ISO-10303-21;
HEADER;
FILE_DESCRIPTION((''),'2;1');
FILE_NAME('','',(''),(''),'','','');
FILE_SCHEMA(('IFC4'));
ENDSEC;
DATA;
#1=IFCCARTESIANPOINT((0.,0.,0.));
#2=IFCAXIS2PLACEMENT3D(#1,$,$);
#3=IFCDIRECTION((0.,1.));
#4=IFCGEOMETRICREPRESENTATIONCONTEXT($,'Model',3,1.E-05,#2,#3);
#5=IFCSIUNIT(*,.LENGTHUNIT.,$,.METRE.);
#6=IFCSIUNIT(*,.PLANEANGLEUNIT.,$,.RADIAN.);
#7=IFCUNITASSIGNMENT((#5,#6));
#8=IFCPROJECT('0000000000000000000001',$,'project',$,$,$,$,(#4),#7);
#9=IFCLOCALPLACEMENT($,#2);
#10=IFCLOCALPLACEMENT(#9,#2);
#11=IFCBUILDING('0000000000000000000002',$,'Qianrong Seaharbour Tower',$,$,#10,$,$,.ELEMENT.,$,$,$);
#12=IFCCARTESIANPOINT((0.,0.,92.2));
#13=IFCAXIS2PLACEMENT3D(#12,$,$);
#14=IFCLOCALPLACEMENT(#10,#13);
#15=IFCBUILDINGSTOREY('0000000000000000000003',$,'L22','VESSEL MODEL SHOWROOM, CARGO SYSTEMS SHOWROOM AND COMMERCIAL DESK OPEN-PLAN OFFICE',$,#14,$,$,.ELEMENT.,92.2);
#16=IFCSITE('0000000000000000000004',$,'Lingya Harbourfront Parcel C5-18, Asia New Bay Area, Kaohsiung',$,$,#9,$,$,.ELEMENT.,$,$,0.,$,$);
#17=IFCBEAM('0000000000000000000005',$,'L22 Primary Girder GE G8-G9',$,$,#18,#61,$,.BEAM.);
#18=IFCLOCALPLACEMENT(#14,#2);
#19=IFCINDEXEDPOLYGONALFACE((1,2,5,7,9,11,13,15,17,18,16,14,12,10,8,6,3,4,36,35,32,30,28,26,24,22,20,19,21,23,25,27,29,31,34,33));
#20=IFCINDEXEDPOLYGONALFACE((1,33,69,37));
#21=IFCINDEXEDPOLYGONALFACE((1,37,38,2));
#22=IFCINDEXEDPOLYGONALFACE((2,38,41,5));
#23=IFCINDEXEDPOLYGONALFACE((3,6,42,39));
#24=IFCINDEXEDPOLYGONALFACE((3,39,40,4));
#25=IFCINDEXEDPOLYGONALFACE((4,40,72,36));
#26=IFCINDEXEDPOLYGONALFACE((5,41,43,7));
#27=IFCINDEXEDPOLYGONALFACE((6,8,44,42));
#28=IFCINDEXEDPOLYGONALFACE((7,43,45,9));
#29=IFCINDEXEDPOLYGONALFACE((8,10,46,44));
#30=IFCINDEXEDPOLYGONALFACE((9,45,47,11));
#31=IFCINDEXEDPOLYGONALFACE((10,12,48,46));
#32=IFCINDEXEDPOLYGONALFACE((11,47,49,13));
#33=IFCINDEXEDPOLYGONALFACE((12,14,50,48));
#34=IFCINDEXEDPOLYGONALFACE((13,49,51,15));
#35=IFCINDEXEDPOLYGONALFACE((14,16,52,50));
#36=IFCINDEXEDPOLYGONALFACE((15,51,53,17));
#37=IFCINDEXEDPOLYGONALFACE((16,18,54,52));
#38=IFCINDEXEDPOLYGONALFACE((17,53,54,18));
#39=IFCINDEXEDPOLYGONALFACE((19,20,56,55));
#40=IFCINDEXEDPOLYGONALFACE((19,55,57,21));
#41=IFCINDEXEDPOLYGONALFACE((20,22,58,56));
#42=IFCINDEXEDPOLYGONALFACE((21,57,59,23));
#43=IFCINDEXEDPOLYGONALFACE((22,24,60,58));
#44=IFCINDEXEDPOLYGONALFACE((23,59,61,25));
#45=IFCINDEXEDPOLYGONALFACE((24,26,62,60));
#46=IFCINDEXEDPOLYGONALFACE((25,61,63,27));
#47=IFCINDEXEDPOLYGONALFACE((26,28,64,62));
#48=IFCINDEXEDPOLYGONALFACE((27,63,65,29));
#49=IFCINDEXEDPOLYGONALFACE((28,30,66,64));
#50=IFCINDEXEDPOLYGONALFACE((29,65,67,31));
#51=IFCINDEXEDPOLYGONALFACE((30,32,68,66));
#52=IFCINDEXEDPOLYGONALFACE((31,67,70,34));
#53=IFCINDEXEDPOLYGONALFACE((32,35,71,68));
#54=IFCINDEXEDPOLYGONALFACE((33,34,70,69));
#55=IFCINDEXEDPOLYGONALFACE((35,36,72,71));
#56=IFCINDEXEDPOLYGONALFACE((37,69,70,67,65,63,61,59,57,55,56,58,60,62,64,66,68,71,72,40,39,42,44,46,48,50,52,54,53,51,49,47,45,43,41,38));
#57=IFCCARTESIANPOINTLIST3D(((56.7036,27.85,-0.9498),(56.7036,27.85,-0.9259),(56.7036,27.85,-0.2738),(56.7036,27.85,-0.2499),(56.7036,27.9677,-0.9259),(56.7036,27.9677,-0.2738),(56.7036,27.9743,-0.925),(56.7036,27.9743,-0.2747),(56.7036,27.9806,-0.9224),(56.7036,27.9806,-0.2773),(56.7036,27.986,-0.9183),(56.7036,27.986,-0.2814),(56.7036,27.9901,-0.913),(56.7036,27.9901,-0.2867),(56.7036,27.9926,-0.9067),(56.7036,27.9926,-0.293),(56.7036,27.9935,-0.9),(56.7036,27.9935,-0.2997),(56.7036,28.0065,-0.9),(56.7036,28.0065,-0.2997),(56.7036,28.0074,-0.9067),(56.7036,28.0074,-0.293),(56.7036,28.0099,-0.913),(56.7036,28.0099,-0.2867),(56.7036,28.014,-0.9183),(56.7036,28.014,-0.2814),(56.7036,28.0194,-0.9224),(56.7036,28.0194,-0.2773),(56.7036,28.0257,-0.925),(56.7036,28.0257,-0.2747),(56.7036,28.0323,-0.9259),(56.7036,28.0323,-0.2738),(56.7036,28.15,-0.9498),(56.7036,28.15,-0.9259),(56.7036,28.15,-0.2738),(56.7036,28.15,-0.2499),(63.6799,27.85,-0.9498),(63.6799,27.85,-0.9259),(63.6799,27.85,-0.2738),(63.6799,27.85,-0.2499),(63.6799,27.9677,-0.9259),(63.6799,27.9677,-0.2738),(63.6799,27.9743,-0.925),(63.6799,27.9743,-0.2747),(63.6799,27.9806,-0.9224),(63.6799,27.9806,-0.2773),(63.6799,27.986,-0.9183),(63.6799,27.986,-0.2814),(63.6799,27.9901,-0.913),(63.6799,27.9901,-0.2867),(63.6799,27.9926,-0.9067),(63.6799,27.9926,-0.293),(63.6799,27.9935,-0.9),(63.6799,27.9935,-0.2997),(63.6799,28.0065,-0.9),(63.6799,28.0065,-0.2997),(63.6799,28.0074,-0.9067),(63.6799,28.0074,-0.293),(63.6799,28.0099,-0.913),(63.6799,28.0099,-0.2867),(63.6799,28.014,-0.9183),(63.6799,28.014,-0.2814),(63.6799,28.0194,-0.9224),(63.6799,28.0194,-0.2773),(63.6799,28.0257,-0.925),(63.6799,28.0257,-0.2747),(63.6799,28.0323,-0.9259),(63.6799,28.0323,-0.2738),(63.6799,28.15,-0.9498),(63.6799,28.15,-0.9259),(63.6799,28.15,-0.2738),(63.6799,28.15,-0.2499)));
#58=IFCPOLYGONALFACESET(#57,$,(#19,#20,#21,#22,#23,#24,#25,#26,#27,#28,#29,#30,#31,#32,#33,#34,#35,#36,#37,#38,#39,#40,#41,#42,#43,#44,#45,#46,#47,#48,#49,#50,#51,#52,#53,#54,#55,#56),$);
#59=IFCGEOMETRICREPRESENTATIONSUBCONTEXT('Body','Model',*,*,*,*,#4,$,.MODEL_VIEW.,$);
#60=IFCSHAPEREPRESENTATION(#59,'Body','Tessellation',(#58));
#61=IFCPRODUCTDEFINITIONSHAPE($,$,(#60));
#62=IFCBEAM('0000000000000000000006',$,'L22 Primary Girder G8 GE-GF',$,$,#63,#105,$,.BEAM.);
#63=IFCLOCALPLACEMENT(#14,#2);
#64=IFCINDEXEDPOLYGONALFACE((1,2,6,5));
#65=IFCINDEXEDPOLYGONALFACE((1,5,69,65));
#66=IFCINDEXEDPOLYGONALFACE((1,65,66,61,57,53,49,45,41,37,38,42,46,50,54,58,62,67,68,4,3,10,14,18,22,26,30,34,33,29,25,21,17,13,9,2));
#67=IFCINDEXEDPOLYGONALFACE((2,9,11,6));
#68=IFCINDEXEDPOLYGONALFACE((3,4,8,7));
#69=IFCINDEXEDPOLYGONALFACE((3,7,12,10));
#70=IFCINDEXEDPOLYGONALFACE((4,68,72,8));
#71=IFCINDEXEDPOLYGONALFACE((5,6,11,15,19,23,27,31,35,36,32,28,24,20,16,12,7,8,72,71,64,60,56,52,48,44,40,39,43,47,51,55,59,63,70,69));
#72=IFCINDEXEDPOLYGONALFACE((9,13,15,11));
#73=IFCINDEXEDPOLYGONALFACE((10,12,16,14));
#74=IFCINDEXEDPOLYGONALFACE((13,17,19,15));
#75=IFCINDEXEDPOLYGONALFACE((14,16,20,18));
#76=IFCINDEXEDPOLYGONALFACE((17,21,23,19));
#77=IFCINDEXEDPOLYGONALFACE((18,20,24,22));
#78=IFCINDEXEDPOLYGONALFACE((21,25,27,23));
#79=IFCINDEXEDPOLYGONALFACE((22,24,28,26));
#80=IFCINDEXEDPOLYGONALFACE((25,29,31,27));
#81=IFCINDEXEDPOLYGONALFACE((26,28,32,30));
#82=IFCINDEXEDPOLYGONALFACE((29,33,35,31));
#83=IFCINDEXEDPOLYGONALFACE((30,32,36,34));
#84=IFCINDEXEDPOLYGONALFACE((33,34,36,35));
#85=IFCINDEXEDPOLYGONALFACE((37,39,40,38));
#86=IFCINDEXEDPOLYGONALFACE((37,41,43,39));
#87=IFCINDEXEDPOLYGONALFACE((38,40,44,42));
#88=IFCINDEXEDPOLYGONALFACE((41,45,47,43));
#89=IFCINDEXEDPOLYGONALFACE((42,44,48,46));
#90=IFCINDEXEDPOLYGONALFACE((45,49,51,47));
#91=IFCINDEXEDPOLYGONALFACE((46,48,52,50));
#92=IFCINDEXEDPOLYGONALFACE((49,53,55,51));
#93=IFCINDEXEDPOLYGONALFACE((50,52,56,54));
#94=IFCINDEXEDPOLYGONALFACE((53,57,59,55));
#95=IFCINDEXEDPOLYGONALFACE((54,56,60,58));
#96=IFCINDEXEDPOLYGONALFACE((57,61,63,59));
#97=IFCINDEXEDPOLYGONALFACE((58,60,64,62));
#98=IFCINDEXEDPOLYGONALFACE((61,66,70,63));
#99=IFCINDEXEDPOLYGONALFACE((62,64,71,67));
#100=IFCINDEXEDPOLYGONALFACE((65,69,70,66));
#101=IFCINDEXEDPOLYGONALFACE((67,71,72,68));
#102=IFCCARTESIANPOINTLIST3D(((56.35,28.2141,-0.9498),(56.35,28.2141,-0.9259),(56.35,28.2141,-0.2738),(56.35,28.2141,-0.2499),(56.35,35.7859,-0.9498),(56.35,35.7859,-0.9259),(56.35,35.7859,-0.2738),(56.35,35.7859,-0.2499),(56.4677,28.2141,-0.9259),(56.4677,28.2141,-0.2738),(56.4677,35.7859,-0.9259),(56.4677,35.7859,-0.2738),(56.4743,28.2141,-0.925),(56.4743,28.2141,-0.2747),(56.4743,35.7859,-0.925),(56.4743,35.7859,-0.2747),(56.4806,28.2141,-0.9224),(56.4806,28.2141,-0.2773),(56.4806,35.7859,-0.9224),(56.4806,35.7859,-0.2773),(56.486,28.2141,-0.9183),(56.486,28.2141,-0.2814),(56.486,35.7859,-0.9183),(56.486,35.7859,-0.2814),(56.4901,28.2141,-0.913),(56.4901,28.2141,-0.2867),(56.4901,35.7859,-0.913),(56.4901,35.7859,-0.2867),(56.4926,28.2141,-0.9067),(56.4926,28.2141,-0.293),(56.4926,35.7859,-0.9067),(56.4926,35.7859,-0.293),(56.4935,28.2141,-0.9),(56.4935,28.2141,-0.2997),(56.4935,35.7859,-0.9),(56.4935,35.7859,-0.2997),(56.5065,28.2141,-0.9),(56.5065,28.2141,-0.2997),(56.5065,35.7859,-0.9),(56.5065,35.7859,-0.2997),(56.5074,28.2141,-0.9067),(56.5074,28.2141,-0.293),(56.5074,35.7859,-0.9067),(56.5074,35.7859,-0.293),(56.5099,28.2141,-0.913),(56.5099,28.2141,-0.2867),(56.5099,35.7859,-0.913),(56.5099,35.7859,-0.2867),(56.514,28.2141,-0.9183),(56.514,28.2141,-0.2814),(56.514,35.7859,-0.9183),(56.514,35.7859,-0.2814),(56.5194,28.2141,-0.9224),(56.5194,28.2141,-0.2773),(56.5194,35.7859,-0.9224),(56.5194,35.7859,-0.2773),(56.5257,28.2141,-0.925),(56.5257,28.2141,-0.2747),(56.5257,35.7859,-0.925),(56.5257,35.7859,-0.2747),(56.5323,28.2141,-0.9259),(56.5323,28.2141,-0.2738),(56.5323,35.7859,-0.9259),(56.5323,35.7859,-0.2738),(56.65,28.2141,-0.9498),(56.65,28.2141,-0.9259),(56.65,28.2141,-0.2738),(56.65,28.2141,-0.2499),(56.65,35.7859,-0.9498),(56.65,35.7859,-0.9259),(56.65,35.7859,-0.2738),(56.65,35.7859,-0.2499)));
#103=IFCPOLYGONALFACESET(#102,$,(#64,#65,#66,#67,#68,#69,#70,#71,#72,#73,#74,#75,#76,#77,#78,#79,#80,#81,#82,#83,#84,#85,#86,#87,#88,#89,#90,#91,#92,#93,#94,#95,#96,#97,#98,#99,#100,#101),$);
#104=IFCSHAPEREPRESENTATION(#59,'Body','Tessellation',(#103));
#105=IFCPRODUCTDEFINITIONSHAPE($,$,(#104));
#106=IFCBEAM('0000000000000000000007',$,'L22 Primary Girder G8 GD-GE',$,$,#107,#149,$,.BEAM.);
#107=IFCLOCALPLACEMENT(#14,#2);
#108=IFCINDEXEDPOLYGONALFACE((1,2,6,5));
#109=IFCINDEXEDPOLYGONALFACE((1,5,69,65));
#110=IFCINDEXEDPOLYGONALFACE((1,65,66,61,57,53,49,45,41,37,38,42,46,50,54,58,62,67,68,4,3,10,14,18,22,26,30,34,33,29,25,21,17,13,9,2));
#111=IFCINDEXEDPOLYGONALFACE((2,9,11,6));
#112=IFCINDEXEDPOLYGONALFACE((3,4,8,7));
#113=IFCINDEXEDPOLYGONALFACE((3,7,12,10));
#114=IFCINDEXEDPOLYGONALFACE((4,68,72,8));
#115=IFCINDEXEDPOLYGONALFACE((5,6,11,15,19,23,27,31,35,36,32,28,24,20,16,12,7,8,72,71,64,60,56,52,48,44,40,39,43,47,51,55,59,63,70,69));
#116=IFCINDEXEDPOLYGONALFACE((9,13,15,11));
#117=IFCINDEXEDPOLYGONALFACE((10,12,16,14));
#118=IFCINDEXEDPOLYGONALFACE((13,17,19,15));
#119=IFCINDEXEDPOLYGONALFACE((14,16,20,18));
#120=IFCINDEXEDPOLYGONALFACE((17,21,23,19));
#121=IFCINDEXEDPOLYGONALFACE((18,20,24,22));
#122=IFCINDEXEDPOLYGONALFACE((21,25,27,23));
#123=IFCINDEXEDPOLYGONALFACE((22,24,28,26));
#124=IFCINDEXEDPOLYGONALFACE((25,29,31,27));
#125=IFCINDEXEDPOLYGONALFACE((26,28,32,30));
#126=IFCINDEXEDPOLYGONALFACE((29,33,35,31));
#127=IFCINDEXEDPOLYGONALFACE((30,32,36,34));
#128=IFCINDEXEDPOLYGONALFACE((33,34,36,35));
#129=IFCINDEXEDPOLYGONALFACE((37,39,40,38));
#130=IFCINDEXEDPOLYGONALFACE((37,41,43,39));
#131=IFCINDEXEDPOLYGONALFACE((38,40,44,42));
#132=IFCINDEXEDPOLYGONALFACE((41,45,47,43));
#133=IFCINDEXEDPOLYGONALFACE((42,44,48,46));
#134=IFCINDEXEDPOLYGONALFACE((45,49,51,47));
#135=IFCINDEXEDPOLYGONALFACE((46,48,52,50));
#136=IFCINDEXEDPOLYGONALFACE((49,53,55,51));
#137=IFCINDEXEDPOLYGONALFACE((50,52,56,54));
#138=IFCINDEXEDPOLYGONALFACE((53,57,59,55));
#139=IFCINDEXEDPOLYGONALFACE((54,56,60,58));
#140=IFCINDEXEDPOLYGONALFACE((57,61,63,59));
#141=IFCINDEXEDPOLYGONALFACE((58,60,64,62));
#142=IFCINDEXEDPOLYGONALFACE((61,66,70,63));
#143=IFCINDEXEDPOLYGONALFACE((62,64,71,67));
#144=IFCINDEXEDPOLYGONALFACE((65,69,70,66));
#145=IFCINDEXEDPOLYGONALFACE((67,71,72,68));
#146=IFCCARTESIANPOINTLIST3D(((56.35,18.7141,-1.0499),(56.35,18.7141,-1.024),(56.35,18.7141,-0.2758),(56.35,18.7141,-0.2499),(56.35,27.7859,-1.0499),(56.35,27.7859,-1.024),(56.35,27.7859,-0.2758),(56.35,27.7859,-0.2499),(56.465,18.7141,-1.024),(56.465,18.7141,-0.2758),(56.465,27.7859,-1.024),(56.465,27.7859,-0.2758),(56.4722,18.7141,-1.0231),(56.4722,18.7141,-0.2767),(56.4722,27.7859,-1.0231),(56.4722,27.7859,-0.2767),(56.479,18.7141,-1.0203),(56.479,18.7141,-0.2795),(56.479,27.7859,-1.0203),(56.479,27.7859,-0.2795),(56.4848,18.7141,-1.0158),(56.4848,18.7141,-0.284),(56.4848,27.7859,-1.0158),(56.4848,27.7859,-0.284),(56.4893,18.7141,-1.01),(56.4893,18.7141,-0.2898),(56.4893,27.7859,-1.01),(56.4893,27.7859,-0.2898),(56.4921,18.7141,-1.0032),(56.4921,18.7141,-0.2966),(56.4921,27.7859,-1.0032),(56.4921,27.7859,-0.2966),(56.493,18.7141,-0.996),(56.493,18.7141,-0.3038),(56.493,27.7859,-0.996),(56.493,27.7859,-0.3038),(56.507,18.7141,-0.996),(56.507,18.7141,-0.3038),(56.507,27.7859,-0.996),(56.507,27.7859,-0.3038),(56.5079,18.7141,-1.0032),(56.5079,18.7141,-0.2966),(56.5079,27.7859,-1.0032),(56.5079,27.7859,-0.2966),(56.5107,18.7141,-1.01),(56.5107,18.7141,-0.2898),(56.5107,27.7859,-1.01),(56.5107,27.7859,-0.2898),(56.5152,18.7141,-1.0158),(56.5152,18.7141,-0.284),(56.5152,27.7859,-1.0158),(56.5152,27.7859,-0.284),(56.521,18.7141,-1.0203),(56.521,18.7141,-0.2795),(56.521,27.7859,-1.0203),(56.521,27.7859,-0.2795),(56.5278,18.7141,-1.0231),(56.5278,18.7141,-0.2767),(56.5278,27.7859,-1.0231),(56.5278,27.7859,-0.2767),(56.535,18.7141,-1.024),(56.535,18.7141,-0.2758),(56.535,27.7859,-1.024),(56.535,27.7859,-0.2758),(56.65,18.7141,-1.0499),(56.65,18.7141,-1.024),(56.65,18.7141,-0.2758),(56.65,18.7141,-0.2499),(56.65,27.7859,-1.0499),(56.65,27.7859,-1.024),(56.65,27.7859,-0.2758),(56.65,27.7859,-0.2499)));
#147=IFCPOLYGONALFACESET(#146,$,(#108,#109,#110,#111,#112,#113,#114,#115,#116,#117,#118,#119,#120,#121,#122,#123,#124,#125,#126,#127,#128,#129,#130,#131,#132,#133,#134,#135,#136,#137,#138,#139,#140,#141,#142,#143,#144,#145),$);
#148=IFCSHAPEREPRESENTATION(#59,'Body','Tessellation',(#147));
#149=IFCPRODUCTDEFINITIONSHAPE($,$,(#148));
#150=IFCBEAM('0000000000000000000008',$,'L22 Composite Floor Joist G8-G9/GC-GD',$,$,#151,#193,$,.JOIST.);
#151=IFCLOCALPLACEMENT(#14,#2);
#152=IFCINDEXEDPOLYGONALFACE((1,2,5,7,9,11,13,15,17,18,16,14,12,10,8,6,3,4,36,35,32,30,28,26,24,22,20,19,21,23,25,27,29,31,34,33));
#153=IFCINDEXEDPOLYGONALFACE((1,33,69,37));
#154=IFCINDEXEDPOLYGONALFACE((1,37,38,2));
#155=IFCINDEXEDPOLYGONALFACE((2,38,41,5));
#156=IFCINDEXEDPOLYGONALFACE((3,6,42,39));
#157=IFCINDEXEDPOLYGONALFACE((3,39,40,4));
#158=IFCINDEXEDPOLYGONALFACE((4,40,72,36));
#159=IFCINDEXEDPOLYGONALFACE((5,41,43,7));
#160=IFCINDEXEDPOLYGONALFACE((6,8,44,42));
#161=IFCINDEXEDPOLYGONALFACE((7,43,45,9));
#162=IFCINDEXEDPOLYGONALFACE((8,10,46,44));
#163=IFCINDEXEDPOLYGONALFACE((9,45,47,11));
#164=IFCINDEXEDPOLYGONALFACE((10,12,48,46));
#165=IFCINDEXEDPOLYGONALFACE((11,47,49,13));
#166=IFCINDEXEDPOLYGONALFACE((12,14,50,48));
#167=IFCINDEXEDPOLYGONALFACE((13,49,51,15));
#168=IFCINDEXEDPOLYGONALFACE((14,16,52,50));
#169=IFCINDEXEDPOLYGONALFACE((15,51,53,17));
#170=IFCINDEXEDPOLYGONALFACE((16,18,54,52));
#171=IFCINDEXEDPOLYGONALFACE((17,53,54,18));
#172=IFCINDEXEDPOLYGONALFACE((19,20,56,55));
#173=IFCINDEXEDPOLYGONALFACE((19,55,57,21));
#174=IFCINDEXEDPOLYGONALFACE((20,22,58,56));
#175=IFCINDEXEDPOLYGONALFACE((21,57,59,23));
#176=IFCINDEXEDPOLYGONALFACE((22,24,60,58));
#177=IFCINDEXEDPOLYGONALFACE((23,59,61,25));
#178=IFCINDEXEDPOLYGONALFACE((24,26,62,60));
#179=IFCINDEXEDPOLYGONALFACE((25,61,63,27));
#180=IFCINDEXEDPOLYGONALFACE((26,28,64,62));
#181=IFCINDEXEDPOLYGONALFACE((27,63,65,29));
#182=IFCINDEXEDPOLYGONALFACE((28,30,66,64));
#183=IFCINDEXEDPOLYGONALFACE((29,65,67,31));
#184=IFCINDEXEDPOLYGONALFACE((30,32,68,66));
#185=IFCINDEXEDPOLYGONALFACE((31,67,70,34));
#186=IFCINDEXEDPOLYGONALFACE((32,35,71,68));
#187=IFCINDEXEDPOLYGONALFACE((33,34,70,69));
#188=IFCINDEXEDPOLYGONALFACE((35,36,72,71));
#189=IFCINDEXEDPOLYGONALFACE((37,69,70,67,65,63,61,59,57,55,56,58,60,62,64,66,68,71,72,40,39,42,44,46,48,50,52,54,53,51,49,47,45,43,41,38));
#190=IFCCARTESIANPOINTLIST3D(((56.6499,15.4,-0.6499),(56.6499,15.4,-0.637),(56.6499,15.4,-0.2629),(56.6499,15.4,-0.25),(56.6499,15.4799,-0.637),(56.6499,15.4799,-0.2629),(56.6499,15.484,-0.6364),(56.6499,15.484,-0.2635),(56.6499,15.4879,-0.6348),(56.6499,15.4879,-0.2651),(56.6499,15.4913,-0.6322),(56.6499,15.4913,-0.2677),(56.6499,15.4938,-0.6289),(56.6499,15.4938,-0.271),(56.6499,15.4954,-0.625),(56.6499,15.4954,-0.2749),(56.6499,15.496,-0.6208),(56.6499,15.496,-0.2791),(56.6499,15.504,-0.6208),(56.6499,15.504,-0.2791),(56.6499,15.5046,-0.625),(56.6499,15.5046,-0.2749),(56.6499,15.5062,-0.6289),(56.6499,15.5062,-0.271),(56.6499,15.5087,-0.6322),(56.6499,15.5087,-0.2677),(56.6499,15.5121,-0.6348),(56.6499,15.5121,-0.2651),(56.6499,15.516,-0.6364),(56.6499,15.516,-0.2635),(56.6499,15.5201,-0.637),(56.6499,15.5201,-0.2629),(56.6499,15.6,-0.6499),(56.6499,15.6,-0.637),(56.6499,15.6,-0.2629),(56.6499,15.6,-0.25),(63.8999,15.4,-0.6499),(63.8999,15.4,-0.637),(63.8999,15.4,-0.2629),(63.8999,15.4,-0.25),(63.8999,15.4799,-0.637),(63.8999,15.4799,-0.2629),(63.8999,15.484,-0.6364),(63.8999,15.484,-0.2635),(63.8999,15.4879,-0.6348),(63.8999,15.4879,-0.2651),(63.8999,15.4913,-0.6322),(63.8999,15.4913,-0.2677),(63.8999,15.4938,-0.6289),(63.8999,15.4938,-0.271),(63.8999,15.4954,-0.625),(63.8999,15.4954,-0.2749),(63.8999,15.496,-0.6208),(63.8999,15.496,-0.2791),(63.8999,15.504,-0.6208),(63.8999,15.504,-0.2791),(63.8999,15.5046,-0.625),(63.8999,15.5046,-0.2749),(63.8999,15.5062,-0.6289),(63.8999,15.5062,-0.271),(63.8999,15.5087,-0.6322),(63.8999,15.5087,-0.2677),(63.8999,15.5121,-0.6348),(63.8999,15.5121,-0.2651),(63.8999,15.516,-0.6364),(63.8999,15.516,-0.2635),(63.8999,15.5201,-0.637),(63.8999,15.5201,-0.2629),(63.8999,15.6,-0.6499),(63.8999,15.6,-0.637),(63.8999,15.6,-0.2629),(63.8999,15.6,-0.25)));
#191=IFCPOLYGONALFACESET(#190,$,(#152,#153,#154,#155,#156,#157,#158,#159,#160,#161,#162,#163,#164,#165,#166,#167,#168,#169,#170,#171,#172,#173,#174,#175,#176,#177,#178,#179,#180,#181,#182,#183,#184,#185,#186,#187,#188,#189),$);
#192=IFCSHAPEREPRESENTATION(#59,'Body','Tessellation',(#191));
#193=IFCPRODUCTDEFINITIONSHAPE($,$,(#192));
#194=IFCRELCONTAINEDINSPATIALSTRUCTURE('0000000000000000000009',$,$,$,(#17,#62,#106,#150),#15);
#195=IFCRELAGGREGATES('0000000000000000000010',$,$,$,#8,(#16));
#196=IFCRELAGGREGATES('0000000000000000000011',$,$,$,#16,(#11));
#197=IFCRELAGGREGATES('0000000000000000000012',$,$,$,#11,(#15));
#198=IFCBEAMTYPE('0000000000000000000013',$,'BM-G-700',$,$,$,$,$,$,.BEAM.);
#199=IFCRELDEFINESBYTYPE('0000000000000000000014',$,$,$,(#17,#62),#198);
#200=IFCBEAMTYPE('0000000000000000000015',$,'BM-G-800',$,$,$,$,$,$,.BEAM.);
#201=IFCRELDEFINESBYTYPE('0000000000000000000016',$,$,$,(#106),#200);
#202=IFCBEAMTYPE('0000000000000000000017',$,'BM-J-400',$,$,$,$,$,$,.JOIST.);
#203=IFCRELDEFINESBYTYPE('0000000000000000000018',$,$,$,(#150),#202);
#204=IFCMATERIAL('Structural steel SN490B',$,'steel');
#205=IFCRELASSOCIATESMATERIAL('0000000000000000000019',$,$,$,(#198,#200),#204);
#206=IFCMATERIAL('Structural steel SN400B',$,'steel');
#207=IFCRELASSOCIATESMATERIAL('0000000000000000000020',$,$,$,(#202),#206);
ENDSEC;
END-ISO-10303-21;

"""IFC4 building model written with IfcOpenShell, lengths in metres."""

from ifc_helpers import new_model, si_unit, direction, frame, origin, origin_2d, place, context, subcontext, project, spatial, i_section, extrude, material, material_profile, profile_set, type_object, element, save


model = new_model("IFC4")

# Units and contexts
model_context = context("Model", 3, precision=1e-05, world=origin(), true_north=direction((0.0, 1.0)))
body_context = subcontext(model_context, "Body", "Model", "MODEL_VIEW")
ifc_project = project(units=[si_unit("LENGTHUNIT", "METRE"), si_unit("PLANEANGLEUNIT", "RADIAN")], contexts=[model_context])

# Site, building, storey
site_placement = place(None, origin())
site = spatial("IfcSite", under=ifc_project, at=site_placement, Name="Lingya Harbourfront Parcel C5-18, Asia New Bay Area, Kaohsiung", CompositionType="ELEMENT", RefElevation=0.0)
building_placement = place(site_placement, origin())
building = spatial("IfcBuilding", under=site, at=building_placement, Name="Qianrong Seaharbour Tower", CompositionType="ELEMENT")
storey_placement = place(building_placement, frame((0.0, 0.0, 92.2)))
storey = spatial("IfcBuildingStorey", under=building, at=storey_placement, Name="L22", Description="VESSEL MODEL SHOWROOM, CARGO SYSTEMS SHOWROOM AND COMMERCIAL DESK OPEN-PLAN OFFICE", CompositionType="ELEMENT", Elevation=92.2)

# Shared definitions
ifc_material_1 = material(Name="Structural steel SN490B", Category="steel")

# Beams
ifc_material_profile_1 = material_profile(ifc_material_1, i_section(OverallWidth=0.3, OverallDepth=0.7, WebThickness=0.0129, FlangeThickness=0.0239, FilletRadius=0.0259, at=origin_2d()), Name="H700x300x13x24")
ifc_profile_set_1 = profile_set([ifc_material_profile_1], Name="Structural steel SN490B")
beam_type_1 = type_object("IfcBeamType", Name="BM-G-700", PredefinedType="BEAM", material=ifc_profile_set_1)
for number, where, z_axis, x_axis, name in (
    (1, (56.7036, 28.0, -0.5999), (1.0, 0.0, 0.0), (0.0, 1.0, 0.0), "L22 Primary Girder GE G8-G9"),
):
    element("IfcBeam", number, at=place(storey_placement, frame(where, z_axis=z_axis, x_axis=x_axis)), inside=storey, type_object=beam_type_1, Name=name, PredefinedType="BEAM", context=body_context, shape_type="SweptSolid", body=[
        extrude(i_section(OverallWidth=0.3, OverallDepth=0.7, WebThickness=0.0129, FlangeThickness=0.0239, FilletRadius=0.0259, at=origin_2d()), origin(), (0.0, 0.0, 1.0), 6.9763),
    ])
beam_1_placement = place(storey_placement, frame((56.5, 28.2141, -0.5999), z_axis=(0.0, 1.0, 0.0), x_axis=(-1.0, 0.0, 0.0)))
element("IfcBeam", 2, at=beam_1_placement, inside=storey, type_object=beam_type_1, Name="L22 Primary Girder G8 GE-GF", PredefinedType="BEAM", context=body_context, shape_type="SweptSolid", body=[
    extrude(i_section(OverallWidth=0.3, OverallDepth=0.7, WebThickness=0.0129, FlangeThickness=0.0239, FilletRadius=0.0259, at=origin_2d()), origin(), (0.0, 0.0, 1.0), 7.5718),
])
ifc_material_profile_2 = material_profile(ifc_material_1, i_section(OverallWidth=0.3, OverallDepth=0.8, WebThickness=0.0139, FlangeThickness=0.0259, FilletRadius=0.0281, at=origin_2d()), Name="H800x300x14x26")
ifc_profile_set_2 = profile_set([ifc_material_profile_2], Name="Structural steel SN490B")
beam_type_2 = type_object("IfcBeamType", Name="BM-G-800", PredefinedType="BEAM", material=ifc_profile_set_2)
beam_2_placement = place(storey_placement, frame((56.5, 18.7141, -0.6499), z_axis=(0.0, 1.0, 0.0), x_axis=(-1.0, 0.0, 0.0)))
element("IfcBeam", 3, at=beam_2_placement, inside=storey, type_object=beam_type_2, Name="L22 Primary Girder G8 GD-GE", PredefinedType="BEAM", context=body_context, shape_type="SweptSolid", body=[
    extrude(i_section(OverallWidth=0.3, OverallDepth=0.8, WebThickness=0.0139, FlangeThickness=0.0259, FilletRadius=0.0281, at=origin_2d()), origin(), (0.0, 0.0, 1.0), 9.0718),
])
ifc_material_2 = material(Name="Structural steel SN400B", Category="steel")
ifc_material_profile_3 = material_profile(ifc_material_2, i_section(OverallWidth=0.2, OverallDepth=0.3999, WebThickness=0.0081, FlangeThickness=0.0129, FilletRadius=0.0161, at=origin_2d()), Name="H400x200x8x13")
ifc_profile_set_3 = profile_set([ifc_material_profile_3], Name="Structural steel SN400B")
beam_type_3 = type_object("IfcBeamType", Name="BM-J-400", PredefinedType="JOIST", material=ifc_profile_set_3)
for number, where, z_axis, x_axis, name in (
    (4, (56.6499, 15.5, -0.45), (1.0, 0.0, 0.0), (0.0, 1.0, 0.0), "L22 Composite Floor Joist G8-G9/GC-GD"),
):
    element("IfcBeam", number, at=place(storey_placement, frame(where, z_axis=z_axis, x_axis=x_axis)), inside=storey, type_object=beam_type_3, Name=name, PredefinedType="JOIST", context=body_context, shape_type="SweptSolid", body=[
        extrude(i_section(OverallWidth=0.2, OverallDepth=0.3999, WebThickness=0.0081, FlangeThickness=0.0129, FilletRadius=0.0161, at=origin_2d()), origin(), (0.0, 0.0, 1.0), 7.25),
    ])

save(model, "model.ifc")
